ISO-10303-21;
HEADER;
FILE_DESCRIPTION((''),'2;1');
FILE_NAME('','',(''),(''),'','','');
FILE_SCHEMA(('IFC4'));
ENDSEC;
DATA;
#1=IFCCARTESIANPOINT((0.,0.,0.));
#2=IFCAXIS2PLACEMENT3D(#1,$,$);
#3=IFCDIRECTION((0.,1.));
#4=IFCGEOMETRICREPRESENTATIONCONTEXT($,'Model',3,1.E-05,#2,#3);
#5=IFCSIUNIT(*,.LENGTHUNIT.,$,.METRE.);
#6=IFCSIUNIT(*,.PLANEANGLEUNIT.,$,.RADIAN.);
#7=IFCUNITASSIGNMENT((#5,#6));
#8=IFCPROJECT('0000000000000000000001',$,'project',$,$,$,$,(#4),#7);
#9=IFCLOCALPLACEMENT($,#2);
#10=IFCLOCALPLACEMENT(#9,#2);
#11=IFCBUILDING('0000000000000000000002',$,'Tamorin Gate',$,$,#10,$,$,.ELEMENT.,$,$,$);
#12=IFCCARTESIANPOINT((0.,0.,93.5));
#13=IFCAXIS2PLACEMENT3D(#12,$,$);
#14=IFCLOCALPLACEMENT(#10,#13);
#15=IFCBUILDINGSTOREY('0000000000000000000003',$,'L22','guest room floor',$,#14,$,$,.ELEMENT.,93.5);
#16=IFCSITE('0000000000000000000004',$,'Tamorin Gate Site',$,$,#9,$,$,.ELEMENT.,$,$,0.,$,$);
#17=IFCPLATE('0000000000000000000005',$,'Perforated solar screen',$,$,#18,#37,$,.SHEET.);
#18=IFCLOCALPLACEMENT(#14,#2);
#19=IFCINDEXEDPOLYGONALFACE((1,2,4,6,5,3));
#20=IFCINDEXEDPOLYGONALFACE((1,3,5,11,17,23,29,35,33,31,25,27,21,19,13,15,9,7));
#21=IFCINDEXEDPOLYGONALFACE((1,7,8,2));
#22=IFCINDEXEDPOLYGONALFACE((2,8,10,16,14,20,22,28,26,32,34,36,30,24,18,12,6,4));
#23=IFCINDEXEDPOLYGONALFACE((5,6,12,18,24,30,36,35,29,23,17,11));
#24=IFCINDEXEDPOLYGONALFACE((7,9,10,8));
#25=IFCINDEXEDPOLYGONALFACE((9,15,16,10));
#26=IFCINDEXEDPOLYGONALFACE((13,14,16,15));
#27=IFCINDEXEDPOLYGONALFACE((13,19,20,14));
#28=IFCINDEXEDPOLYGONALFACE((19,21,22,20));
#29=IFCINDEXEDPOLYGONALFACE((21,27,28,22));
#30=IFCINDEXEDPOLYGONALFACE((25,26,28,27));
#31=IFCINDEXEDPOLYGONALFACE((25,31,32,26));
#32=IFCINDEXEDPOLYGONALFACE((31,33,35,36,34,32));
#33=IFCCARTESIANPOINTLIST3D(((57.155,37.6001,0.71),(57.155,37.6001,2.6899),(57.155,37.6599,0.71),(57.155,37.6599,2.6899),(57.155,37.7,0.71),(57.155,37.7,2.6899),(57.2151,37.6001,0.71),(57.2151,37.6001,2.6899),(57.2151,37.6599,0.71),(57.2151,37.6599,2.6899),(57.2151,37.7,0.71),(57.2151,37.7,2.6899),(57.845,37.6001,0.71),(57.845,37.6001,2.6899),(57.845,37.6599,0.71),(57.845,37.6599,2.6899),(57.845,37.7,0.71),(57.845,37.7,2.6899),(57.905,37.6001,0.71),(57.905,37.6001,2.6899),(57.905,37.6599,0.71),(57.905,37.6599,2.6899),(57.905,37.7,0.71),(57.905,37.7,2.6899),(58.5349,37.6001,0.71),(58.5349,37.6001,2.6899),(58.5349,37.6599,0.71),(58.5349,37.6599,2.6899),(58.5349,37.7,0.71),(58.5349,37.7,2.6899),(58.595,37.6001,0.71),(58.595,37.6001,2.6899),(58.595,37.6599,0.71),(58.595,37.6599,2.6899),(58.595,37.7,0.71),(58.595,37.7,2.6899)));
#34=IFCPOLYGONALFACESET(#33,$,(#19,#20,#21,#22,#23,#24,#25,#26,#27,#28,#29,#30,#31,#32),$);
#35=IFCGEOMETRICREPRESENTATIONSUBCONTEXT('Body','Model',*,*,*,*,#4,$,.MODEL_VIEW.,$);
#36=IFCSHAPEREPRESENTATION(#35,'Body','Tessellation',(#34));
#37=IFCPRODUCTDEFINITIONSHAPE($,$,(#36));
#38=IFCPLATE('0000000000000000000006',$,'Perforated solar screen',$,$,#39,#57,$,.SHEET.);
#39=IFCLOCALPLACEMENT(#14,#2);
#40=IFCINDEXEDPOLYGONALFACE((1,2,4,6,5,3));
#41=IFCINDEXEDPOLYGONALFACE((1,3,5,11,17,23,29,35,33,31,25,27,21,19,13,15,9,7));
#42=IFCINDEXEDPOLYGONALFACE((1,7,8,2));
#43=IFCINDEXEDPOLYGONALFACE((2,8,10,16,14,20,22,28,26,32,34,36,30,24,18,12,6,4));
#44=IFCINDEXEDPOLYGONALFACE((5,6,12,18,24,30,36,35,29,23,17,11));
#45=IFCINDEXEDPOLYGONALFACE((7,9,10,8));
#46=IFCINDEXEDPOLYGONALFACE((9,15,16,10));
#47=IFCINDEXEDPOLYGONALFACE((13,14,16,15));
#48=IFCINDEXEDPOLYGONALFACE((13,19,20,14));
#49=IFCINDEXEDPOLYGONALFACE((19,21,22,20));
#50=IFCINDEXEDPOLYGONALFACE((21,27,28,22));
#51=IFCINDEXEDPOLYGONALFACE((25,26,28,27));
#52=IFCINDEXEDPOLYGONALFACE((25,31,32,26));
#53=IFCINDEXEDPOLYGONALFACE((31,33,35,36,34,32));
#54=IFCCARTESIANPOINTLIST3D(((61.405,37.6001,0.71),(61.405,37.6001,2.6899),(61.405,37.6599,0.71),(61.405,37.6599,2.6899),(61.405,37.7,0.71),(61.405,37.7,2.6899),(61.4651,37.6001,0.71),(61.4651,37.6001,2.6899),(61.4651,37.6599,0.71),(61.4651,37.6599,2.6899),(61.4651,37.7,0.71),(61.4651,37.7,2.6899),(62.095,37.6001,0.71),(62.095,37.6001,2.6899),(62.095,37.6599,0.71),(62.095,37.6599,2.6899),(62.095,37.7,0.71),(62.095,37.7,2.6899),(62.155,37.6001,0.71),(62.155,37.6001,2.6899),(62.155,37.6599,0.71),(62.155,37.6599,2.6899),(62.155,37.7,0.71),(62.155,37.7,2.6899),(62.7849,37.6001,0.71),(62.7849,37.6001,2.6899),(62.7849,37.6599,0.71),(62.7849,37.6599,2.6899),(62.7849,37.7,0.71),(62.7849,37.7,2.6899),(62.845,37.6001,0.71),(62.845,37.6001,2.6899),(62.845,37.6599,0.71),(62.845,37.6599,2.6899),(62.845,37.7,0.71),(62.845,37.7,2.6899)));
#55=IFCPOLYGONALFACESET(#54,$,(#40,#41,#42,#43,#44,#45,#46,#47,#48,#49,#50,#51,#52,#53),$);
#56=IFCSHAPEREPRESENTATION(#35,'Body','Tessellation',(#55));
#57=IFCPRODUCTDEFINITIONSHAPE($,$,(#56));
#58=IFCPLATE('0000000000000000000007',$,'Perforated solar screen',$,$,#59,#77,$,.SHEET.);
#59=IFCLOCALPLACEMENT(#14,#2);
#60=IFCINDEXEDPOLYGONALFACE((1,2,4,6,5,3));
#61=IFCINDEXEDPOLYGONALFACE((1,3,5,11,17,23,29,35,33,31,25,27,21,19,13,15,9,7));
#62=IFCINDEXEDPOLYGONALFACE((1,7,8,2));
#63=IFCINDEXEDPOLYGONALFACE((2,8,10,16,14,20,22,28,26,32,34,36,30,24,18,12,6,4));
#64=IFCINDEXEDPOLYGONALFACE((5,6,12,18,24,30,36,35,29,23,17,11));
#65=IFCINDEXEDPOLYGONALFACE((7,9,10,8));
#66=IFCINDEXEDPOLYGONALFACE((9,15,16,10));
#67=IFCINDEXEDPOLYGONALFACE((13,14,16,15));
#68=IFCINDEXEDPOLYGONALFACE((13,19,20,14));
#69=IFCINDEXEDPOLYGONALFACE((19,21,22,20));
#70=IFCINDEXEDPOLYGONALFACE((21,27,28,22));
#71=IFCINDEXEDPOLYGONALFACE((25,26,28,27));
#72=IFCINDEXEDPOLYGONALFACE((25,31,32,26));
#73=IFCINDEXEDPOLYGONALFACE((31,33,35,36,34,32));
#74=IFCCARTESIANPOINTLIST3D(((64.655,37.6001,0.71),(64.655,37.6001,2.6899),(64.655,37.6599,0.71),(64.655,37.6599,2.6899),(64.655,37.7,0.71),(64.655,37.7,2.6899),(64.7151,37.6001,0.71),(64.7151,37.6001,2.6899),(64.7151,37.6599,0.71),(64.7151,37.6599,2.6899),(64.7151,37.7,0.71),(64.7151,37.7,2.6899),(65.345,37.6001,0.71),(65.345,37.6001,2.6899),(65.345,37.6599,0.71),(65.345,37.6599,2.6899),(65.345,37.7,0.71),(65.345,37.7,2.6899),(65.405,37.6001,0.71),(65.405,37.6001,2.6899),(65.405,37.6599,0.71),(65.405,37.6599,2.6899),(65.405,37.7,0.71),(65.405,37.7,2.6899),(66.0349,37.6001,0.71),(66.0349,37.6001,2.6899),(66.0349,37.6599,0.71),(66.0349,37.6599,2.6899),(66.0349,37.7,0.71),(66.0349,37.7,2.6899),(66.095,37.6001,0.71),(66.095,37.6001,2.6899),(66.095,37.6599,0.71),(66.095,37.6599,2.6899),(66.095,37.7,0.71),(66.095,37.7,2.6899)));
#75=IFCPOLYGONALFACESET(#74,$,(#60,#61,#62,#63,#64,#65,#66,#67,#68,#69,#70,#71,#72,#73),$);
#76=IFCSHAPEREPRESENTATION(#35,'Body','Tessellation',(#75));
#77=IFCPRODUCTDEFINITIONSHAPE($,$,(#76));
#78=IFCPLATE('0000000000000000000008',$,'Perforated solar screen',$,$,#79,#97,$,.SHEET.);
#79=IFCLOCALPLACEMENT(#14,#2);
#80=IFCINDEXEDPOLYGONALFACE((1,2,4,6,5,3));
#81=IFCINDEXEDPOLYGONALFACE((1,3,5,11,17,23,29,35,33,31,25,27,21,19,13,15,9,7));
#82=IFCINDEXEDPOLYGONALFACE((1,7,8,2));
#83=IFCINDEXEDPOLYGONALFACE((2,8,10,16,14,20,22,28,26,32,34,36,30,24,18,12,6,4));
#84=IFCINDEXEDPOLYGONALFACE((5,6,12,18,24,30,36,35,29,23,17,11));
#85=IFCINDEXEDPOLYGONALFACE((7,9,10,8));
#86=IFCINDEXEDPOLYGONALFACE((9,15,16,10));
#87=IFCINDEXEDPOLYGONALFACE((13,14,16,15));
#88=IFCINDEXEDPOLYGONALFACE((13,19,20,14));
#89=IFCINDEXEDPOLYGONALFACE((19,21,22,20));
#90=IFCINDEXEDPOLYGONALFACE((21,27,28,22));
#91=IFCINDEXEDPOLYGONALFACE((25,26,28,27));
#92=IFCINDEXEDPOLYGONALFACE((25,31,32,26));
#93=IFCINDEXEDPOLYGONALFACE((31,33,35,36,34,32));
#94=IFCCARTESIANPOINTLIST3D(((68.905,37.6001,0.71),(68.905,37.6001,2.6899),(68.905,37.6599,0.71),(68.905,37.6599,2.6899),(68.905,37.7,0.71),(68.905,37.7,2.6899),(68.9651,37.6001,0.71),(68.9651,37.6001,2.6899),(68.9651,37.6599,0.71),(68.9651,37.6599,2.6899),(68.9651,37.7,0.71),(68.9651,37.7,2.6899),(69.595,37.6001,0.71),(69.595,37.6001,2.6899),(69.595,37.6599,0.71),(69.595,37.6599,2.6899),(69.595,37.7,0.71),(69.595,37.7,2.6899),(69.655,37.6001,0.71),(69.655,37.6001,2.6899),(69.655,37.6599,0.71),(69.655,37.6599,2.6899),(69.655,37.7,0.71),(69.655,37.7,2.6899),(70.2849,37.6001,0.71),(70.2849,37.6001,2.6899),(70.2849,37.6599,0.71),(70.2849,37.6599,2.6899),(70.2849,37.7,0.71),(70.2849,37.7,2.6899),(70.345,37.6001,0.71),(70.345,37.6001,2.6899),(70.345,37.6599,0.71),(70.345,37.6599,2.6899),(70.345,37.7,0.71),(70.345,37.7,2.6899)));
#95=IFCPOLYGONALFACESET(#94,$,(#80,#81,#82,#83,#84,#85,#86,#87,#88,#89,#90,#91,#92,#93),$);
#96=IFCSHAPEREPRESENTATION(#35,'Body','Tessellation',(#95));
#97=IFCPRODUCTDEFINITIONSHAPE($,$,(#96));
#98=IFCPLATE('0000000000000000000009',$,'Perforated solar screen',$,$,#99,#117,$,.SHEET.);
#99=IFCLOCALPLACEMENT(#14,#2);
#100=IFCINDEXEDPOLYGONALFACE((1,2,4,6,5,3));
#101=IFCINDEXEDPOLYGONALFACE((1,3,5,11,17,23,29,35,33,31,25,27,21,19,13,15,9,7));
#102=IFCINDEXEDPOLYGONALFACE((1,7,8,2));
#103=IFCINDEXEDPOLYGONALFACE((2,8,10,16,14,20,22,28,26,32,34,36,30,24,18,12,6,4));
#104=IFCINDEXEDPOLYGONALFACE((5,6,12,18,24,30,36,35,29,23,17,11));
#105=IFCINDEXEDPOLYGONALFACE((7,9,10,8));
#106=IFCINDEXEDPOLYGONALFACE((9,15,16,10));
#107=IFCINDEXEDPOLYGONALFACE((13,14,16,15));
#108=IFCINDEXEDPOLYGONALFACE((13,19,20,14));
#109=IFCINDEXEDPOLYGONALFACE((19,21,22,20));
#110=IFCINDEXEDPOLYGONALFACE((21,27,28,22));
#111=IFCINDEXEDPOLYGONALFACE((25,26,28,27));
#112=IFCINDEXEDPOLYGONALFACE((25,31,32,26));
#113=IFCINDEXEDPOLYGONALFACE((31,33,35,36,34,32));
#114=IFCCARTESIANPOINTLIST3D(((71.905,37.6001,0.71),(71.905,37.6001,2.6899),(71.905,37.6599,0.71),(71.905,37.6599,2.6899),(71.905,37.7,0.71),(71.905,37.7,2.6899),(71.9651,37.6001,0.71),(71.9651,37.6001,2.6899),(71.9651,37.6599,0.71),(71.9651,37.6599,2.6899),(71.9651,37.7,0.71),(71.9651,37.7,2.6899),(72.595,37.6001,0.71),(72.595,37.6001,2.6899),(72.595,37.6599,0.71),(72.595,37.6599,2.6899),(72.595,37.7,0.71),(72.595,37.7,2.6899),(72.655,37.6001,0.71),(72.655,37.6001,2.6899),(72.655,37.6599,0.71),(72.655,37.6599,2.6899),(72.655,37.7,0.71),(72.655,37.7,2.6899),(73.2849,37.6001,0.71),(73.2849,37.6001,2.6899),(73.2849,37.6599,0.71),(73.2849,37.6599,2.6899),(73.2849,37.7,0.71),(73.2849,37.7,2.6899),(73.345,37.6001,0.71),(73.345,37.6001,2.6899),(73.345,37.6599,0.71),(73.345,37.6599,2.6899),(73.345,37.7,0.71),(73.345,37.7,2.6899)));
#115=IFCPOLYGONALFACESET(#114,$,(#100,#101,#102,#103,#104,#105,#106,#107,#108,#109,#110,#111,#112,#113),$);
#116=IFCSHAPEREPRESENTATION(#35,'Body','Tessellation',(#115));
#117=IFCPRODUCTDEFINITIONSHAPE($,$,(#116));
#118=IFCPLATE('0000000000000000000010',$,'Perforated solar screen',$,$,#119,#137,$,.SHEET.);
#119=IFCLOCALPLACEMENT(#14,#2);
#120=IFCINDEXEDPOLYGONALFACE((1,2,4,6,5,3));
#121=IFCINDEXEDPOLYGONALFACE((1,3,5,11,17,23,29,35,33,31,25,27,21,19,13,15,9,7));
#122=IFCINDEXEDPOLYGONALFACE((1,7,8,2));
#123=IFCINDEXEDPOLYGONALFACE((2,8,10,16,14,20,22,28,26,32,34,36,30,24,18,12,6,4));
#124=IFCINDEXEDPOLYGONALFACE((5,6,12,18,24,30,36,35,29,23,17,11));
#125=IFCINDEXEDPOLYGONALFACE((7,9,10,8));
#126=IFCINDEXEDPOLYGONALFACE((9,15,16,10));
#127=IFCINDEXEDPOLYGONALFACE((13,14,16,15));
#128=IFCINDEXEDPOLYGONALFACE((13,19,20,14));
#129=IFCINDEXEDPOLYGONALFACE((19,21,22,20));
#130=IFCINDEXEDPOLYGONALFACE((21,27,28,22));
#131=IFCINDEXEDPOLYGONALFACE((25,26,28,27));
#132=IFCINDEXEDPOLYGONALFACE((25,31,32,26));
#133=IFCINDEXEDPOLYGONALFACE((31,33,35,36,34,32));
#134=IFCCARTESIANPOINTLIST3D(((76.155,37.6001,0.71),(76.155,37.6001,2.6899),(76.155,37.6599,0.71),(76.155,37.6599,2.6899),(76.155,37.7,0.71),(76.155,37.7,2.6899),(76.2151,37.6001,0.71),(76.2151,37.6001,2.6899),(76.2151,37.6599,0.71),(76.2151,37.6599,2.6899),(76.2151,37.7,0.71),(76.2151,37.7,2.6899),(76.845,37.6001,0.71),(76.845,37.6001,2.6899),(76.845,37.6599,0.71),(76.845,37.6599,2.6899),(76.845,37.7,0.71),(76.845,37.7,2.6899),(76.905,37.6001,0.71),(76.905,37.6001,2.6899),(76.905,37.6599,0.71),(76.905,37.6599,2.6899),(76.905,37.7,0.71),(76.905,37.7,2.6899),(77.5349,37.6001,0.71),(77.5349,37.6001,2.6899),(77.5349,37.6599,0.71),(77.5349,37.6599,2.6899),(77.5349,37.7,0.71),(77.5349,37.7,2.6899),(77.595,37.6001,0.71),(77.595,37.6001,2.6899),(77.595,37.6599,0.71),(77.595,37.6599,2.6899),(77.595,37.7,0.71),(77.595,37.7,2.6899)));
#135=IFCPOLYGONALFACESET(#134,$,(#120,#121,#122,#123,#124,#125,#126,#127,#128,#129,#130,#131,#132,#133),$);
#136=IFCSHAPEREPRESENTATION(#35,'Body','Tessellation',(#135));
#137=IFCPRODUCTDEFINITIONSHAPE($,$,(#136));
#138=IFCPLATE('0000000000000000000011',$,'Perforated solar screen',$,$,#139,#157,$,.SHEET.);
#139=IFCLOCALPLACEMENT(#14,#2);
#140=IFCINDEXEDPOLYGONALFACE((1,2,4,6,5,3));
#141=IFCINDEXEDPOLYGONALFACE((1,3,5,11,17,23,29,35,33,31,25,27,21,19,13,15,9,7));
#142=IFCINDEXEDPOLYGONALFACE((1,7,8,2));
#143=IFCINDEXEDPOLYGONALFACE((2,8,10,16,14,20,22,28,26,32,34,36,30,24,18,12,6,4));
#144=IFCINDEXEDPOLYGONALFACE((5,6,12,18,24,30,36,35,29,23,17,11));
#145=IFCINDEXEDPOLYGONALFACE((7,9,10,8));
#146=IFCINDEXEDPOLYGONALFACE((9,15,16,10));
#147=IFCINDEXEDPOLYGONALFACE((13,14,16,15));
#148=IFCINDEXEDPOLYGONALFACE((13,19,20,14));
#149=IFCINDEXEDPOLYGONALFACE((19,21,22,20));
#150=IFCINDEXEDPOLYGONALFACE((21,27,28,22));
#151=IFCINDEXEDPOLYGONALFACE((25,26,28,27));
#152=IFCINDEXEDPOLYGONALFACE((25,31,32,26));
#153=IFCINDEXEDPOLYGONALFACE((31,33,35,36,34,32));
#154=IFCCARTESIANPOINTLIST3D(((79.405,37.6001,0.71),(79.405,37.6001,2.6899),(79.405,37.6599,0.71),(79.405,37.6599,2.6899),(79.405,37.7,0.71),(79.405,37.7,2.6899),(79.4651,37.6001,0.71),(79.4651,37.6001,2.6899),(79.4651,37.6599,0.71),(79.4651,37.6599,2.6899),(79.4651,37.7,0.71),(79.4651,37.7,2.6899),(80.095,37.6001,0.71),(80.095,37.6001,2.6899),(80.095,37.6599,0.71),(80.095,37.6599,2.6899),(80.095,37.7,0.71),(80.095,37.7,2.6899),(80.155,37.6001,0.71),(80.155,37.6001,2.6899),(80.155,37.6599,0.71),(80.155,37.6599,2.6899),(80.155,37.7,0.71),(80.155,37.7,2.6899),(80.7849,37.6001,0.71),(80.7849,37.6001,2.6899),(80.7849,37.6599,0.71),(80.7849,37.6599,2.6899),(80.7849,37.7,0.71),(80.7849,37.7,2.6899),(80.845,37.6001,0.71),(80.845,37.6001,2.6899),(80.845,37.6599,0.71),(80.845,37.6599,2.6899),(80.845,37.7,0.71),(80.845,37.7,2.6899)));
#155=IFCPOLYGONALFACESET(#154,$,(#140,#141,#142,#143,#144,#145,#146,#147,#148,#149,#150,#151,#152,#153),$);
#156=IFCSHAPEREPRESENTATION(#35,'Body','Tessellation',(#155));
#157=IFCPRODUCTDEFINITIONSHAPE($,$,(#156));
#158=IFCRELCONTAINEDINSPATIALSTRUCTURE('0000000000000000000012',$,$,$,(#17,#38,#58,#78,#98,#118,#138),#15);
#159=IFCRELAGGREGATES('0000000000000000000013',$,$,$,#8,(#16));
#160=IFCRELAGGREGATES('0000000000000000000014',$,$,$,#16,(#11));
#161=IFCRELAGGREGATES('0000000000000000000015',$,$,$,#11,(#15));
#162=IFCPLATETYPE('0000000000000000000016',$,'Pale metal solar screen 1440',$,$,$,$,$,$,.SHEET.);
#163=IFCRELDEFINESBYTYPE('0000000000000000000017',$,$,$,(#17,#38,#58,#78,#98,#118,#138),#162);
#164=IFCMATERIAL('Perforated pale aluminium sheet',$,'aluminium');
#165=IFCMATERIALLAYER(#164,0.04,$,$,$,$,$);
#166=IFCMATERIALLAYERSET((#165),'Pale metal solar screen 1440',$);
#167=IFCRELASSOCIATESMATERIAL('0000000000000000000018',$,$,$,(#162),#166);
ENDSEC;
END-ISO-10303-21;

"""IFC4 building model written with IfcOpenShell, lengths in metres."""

from ifc_helpers import new_model, si_unit, direction, frame, origin, place, context, subcontext, project, spatial, polyline, outline, extrude, material, layer, layer_set, type_object, element, save


model = new_model("IFC4")

# Units and contexts
model_context = context("Model", 3, precision=1e-05, world=origin(), true_north=direction((0.0, 1.0)))
body_context = subcontext(model_context, "Body", "Model", "MODEL_VIEW")
ifc_project = project(units=[si_unit("LENGTHUNIT", "METRE"), si_unit("PLANEANGLEUNIT", "RADIAN")], contexts=[model_context])

# Site, building, storey
site_placement = place(None, origin())
site = spatial("IfcSite", under=ifc_project, at=site_placement, Name="Tamorin Gate Site", CompositionType="ELEMENT", RefElevation=0.0)
building_placement = place(site_placement, origin())
building = spatial("IfcBuilding", under=site, at=building_placement, Name="Tamorin Gate", CompositionType="ELEMENT")
storey_placement = place(building_placement, frame((0.0, 0.0, 93.5)))
storey = spatial("IfcBuildingStorey", under=building, at=storey_placement, Name="L22", Description="guest room floor", CompositionType="ELEMENT", Elevation=93.5)

# Plates
ifc_material_1 = material(Name="Perforated pale aluminium sheet", Category="aluminium")
ifc_layer_1 = layer(ifc_material_1, 0.04)
ifc_layer_set_1 = layer_set([ifc_layer_1], Name="Pale metal solar screen 1440")
plate_type = type_object("IfcPlateType", Name="Pale metal solar screen 1440", PredefinedType="SHEET", material=ifc_layer_set_1)
plate_1_placement = place(storey_placement, frame((0.0, 0.0, 0.71)))
element("IfcPlate", 1, at=plate_1_placement, inside=storey, type_object=plate_type, Name="Perforated solar screen", PredefinedType="SHEET", context=body_context, shape_type="SweptSolid", body=[
    extrude(outline(polyline([(57.155, 37.6599), (57.155, 37.7), (57.2151, 37.7), (57.845, 37.7), (57.905, 37.7), (58.5349, 37.7), (58.595, 37.7), (58.595, 37.6599), (58.595, 37.6001), (58.5349, 37.6001), (58.5349, 37.6599), (57.905, 37.6599), (57.905, 37.6001), (57.845, 37.6001), (57.845, 37.6599), (57.2151, 37.6599), (57.2151, 37.6001), (57.155, 37.6001), (57.155, 37.6599)])), origin(), (0.0, 0.0, 1.0), 1.98),
])
plate_2_placement = place(storey_placement, frame((0.0, 0.0, 0.71)))
element("IfcPlate", 2, at=plate_2_placement, inside=storey, type_object=plate_type, Name="Perforated solar screen", PredefinedType="SHEET", context=body_context, shape_type="SweptSolid", body=[
    extrude(outline(polyline([(61.405, 37.6599), (61.405, 37.7), (61.4651, 37.7), (62.095, 37.7), (62.155, 37.7), (62.7849, 37.7), (62.845, 37.7), (62.845, 37.6599), (62.845, 37.6001), (62.7849, 37.6001), (62.7849, 37.6599), (62.155, 37.6599), (62.155, 37.6001), (62.095, 37.6001), (62.095, 37.6599), (61.4651, 37.6599), (61.4651, 37.6001), (61.405, 37.6001), (61.405, 37.6599)])), origin(), (0.0, 0.0, 1.0), 1.98),
])
plate_3_placement = place(storey_placement, frame((0.0, 0.0, 0.71)))
element("IfcPlate", 3, at=plate_3_placement, inside=storey, type_object=plate_type, Name="Perforated solar screen", PredefinedType="SHEET", context=body_context, shape_type="SweptSolid", body=[
    extrude(outline(polyline([(64.655, 37.6599), (64.655, 37.7), (64.7151, 37.7), (65.345, 37.7), (65.405, 37.7), (66.0349, 37.7), (66.095, 37.7), (66.095, 37.6599), (66.095, 37.6001), (66.0349, 37.6001), (66.0349, 37.6599), (65.405, 37.6599), (65.405, 37.6001), (65.345, 37.6001), (65.345, 37.6599), (64.7151, 37.6599), (64.7151, 37.6001), (64.655, 37.6001), (64.655, 37.6599)])), origin(), (0.0, 0.0, 1.0), 1.98),
])
plate_4_placement = place(storey_placement, frame((0.0, 0.0, 0.71)))
element("IfcPlate", 4, at=plate_4_placement, inside=storey, type_object=plate_type, Name="Perforated solar screen", PredefinedType="SHEET", context=body_context, shape_type="SweptSolid", body=[
    extrude(outline(polyline([(68.905, 37.6599), (68.905, 37.7), (68.9651, 37.7), (69.595, 37.7), (69.655, 37.7), (70.2849, 37.7), (70.345, 37.7), (70.345, 37.6599), (70.345, 37.6001), (70.2849, 37.6001), (70.2849, 37.6599), (69.655, 37.6599), (69.655, 37.6001), (69.595, 37.6001), (69.595, 37.6599), (68.9651, 37.6599), (68.9651, 37.6001), (68.905, 37.6001), (68.905, 37.6599)])), origin(), (0.0, 0.0, 1.0), 1.98),
])
plate_5_placement = place(storey_placement, frame((0.0, 0.0, 0.71)))
element("IfcPlate", 5, at=plate_5_placement, inside=storey, type_object=plate_type, Name="Perforated solar screen", PredefinedType="SHEET", context=body_context, shape_type="SweptSolid", body=[
    extrude(outline(polyline([(71.905, 37.6599), (71.905, 37.7), (71.9651, 37.7), (72.595, 37.7), (72.655, 37.7), (73.2849, 37.7), (73.345, 37.7), (73.345, 37.6599), (73.345, 37.6001), (73.2849, 37.6001), (73.2849, 37.6599), (72.655, 37.6599), (72.655, 37.6001), (72.595, 37.6001), (72.595, 37.6599), (71.9651, 37.6599), (71.9651, 37.6001), (71.905, 37.6001), (71.905, 37.6599)])), origin(), (0.0, 0.0, 1.0), 1.98),
])
plate_6_placement = place(storey_placement, frame((0.0, 0.0, 0.71)))
element("IfcPlate", 6, at=plate_6_placement, inside=storey, type_object=plate_type, Name="Perforated solar screen", PredefinedType="SHEET", context=body_context, shape_type="SweptSolid", body=[
    extrude(outline(polyline([(76.155, 37.6599), (76.155, 37.7), (76.2151, 37.7), (76.845, 37.7), (76.905, 37.7), (77.5349, 37.7), (77.595, 37.7), (77.595, 37.6599), (77.595, 37.6001), (77.5349, 37.6001), (77.5349, 37.6599), (76.905, 37.6599), (76.905, 37.6001), (76.845, 37.6001), (76.845, 37.6599), (76.2151, 37.6599), (76.2151, 37.6001), (76.155, 37.6001), (76.155, 37.6599)])), origin(), (0.0, 0.0, 1.0), 1.98),
])
plate_7_placement = place(storey_placement, frame((0.0, 0.0, 0.71)))
element("IfcPlate", 7, at=plate_7_placement, inside=storey, type_object=plate_type, Name="Perforated solar screen", PredefinedType="SHEET", context=body_context, shape_type="SweptSolid", body=[
    extrude(outline(polyline([(79.405, 37.6599), (79.405, 37.7), (79.4651, 37.7), (80.095, 37.7), (80.155, 37.7), (80.7849, 37.7), (80.845, 37.7), (80.845, 37.6599), (80.845, 37.6001), (80.7849, 37.6001), (80.7849, 37.6599), (80.155, 37.6599), (80.155, 37.6001), (80.095, 37.6001), (80.095, 37.6599), (79.4651, 37.6599), (79.4651, 37.6001), (79.405, 37.6001), (79.405, 37.6599)])), origin(), (0.0, 0.0, 1.0), 1.98),
])

save(model, "model.ifc")
